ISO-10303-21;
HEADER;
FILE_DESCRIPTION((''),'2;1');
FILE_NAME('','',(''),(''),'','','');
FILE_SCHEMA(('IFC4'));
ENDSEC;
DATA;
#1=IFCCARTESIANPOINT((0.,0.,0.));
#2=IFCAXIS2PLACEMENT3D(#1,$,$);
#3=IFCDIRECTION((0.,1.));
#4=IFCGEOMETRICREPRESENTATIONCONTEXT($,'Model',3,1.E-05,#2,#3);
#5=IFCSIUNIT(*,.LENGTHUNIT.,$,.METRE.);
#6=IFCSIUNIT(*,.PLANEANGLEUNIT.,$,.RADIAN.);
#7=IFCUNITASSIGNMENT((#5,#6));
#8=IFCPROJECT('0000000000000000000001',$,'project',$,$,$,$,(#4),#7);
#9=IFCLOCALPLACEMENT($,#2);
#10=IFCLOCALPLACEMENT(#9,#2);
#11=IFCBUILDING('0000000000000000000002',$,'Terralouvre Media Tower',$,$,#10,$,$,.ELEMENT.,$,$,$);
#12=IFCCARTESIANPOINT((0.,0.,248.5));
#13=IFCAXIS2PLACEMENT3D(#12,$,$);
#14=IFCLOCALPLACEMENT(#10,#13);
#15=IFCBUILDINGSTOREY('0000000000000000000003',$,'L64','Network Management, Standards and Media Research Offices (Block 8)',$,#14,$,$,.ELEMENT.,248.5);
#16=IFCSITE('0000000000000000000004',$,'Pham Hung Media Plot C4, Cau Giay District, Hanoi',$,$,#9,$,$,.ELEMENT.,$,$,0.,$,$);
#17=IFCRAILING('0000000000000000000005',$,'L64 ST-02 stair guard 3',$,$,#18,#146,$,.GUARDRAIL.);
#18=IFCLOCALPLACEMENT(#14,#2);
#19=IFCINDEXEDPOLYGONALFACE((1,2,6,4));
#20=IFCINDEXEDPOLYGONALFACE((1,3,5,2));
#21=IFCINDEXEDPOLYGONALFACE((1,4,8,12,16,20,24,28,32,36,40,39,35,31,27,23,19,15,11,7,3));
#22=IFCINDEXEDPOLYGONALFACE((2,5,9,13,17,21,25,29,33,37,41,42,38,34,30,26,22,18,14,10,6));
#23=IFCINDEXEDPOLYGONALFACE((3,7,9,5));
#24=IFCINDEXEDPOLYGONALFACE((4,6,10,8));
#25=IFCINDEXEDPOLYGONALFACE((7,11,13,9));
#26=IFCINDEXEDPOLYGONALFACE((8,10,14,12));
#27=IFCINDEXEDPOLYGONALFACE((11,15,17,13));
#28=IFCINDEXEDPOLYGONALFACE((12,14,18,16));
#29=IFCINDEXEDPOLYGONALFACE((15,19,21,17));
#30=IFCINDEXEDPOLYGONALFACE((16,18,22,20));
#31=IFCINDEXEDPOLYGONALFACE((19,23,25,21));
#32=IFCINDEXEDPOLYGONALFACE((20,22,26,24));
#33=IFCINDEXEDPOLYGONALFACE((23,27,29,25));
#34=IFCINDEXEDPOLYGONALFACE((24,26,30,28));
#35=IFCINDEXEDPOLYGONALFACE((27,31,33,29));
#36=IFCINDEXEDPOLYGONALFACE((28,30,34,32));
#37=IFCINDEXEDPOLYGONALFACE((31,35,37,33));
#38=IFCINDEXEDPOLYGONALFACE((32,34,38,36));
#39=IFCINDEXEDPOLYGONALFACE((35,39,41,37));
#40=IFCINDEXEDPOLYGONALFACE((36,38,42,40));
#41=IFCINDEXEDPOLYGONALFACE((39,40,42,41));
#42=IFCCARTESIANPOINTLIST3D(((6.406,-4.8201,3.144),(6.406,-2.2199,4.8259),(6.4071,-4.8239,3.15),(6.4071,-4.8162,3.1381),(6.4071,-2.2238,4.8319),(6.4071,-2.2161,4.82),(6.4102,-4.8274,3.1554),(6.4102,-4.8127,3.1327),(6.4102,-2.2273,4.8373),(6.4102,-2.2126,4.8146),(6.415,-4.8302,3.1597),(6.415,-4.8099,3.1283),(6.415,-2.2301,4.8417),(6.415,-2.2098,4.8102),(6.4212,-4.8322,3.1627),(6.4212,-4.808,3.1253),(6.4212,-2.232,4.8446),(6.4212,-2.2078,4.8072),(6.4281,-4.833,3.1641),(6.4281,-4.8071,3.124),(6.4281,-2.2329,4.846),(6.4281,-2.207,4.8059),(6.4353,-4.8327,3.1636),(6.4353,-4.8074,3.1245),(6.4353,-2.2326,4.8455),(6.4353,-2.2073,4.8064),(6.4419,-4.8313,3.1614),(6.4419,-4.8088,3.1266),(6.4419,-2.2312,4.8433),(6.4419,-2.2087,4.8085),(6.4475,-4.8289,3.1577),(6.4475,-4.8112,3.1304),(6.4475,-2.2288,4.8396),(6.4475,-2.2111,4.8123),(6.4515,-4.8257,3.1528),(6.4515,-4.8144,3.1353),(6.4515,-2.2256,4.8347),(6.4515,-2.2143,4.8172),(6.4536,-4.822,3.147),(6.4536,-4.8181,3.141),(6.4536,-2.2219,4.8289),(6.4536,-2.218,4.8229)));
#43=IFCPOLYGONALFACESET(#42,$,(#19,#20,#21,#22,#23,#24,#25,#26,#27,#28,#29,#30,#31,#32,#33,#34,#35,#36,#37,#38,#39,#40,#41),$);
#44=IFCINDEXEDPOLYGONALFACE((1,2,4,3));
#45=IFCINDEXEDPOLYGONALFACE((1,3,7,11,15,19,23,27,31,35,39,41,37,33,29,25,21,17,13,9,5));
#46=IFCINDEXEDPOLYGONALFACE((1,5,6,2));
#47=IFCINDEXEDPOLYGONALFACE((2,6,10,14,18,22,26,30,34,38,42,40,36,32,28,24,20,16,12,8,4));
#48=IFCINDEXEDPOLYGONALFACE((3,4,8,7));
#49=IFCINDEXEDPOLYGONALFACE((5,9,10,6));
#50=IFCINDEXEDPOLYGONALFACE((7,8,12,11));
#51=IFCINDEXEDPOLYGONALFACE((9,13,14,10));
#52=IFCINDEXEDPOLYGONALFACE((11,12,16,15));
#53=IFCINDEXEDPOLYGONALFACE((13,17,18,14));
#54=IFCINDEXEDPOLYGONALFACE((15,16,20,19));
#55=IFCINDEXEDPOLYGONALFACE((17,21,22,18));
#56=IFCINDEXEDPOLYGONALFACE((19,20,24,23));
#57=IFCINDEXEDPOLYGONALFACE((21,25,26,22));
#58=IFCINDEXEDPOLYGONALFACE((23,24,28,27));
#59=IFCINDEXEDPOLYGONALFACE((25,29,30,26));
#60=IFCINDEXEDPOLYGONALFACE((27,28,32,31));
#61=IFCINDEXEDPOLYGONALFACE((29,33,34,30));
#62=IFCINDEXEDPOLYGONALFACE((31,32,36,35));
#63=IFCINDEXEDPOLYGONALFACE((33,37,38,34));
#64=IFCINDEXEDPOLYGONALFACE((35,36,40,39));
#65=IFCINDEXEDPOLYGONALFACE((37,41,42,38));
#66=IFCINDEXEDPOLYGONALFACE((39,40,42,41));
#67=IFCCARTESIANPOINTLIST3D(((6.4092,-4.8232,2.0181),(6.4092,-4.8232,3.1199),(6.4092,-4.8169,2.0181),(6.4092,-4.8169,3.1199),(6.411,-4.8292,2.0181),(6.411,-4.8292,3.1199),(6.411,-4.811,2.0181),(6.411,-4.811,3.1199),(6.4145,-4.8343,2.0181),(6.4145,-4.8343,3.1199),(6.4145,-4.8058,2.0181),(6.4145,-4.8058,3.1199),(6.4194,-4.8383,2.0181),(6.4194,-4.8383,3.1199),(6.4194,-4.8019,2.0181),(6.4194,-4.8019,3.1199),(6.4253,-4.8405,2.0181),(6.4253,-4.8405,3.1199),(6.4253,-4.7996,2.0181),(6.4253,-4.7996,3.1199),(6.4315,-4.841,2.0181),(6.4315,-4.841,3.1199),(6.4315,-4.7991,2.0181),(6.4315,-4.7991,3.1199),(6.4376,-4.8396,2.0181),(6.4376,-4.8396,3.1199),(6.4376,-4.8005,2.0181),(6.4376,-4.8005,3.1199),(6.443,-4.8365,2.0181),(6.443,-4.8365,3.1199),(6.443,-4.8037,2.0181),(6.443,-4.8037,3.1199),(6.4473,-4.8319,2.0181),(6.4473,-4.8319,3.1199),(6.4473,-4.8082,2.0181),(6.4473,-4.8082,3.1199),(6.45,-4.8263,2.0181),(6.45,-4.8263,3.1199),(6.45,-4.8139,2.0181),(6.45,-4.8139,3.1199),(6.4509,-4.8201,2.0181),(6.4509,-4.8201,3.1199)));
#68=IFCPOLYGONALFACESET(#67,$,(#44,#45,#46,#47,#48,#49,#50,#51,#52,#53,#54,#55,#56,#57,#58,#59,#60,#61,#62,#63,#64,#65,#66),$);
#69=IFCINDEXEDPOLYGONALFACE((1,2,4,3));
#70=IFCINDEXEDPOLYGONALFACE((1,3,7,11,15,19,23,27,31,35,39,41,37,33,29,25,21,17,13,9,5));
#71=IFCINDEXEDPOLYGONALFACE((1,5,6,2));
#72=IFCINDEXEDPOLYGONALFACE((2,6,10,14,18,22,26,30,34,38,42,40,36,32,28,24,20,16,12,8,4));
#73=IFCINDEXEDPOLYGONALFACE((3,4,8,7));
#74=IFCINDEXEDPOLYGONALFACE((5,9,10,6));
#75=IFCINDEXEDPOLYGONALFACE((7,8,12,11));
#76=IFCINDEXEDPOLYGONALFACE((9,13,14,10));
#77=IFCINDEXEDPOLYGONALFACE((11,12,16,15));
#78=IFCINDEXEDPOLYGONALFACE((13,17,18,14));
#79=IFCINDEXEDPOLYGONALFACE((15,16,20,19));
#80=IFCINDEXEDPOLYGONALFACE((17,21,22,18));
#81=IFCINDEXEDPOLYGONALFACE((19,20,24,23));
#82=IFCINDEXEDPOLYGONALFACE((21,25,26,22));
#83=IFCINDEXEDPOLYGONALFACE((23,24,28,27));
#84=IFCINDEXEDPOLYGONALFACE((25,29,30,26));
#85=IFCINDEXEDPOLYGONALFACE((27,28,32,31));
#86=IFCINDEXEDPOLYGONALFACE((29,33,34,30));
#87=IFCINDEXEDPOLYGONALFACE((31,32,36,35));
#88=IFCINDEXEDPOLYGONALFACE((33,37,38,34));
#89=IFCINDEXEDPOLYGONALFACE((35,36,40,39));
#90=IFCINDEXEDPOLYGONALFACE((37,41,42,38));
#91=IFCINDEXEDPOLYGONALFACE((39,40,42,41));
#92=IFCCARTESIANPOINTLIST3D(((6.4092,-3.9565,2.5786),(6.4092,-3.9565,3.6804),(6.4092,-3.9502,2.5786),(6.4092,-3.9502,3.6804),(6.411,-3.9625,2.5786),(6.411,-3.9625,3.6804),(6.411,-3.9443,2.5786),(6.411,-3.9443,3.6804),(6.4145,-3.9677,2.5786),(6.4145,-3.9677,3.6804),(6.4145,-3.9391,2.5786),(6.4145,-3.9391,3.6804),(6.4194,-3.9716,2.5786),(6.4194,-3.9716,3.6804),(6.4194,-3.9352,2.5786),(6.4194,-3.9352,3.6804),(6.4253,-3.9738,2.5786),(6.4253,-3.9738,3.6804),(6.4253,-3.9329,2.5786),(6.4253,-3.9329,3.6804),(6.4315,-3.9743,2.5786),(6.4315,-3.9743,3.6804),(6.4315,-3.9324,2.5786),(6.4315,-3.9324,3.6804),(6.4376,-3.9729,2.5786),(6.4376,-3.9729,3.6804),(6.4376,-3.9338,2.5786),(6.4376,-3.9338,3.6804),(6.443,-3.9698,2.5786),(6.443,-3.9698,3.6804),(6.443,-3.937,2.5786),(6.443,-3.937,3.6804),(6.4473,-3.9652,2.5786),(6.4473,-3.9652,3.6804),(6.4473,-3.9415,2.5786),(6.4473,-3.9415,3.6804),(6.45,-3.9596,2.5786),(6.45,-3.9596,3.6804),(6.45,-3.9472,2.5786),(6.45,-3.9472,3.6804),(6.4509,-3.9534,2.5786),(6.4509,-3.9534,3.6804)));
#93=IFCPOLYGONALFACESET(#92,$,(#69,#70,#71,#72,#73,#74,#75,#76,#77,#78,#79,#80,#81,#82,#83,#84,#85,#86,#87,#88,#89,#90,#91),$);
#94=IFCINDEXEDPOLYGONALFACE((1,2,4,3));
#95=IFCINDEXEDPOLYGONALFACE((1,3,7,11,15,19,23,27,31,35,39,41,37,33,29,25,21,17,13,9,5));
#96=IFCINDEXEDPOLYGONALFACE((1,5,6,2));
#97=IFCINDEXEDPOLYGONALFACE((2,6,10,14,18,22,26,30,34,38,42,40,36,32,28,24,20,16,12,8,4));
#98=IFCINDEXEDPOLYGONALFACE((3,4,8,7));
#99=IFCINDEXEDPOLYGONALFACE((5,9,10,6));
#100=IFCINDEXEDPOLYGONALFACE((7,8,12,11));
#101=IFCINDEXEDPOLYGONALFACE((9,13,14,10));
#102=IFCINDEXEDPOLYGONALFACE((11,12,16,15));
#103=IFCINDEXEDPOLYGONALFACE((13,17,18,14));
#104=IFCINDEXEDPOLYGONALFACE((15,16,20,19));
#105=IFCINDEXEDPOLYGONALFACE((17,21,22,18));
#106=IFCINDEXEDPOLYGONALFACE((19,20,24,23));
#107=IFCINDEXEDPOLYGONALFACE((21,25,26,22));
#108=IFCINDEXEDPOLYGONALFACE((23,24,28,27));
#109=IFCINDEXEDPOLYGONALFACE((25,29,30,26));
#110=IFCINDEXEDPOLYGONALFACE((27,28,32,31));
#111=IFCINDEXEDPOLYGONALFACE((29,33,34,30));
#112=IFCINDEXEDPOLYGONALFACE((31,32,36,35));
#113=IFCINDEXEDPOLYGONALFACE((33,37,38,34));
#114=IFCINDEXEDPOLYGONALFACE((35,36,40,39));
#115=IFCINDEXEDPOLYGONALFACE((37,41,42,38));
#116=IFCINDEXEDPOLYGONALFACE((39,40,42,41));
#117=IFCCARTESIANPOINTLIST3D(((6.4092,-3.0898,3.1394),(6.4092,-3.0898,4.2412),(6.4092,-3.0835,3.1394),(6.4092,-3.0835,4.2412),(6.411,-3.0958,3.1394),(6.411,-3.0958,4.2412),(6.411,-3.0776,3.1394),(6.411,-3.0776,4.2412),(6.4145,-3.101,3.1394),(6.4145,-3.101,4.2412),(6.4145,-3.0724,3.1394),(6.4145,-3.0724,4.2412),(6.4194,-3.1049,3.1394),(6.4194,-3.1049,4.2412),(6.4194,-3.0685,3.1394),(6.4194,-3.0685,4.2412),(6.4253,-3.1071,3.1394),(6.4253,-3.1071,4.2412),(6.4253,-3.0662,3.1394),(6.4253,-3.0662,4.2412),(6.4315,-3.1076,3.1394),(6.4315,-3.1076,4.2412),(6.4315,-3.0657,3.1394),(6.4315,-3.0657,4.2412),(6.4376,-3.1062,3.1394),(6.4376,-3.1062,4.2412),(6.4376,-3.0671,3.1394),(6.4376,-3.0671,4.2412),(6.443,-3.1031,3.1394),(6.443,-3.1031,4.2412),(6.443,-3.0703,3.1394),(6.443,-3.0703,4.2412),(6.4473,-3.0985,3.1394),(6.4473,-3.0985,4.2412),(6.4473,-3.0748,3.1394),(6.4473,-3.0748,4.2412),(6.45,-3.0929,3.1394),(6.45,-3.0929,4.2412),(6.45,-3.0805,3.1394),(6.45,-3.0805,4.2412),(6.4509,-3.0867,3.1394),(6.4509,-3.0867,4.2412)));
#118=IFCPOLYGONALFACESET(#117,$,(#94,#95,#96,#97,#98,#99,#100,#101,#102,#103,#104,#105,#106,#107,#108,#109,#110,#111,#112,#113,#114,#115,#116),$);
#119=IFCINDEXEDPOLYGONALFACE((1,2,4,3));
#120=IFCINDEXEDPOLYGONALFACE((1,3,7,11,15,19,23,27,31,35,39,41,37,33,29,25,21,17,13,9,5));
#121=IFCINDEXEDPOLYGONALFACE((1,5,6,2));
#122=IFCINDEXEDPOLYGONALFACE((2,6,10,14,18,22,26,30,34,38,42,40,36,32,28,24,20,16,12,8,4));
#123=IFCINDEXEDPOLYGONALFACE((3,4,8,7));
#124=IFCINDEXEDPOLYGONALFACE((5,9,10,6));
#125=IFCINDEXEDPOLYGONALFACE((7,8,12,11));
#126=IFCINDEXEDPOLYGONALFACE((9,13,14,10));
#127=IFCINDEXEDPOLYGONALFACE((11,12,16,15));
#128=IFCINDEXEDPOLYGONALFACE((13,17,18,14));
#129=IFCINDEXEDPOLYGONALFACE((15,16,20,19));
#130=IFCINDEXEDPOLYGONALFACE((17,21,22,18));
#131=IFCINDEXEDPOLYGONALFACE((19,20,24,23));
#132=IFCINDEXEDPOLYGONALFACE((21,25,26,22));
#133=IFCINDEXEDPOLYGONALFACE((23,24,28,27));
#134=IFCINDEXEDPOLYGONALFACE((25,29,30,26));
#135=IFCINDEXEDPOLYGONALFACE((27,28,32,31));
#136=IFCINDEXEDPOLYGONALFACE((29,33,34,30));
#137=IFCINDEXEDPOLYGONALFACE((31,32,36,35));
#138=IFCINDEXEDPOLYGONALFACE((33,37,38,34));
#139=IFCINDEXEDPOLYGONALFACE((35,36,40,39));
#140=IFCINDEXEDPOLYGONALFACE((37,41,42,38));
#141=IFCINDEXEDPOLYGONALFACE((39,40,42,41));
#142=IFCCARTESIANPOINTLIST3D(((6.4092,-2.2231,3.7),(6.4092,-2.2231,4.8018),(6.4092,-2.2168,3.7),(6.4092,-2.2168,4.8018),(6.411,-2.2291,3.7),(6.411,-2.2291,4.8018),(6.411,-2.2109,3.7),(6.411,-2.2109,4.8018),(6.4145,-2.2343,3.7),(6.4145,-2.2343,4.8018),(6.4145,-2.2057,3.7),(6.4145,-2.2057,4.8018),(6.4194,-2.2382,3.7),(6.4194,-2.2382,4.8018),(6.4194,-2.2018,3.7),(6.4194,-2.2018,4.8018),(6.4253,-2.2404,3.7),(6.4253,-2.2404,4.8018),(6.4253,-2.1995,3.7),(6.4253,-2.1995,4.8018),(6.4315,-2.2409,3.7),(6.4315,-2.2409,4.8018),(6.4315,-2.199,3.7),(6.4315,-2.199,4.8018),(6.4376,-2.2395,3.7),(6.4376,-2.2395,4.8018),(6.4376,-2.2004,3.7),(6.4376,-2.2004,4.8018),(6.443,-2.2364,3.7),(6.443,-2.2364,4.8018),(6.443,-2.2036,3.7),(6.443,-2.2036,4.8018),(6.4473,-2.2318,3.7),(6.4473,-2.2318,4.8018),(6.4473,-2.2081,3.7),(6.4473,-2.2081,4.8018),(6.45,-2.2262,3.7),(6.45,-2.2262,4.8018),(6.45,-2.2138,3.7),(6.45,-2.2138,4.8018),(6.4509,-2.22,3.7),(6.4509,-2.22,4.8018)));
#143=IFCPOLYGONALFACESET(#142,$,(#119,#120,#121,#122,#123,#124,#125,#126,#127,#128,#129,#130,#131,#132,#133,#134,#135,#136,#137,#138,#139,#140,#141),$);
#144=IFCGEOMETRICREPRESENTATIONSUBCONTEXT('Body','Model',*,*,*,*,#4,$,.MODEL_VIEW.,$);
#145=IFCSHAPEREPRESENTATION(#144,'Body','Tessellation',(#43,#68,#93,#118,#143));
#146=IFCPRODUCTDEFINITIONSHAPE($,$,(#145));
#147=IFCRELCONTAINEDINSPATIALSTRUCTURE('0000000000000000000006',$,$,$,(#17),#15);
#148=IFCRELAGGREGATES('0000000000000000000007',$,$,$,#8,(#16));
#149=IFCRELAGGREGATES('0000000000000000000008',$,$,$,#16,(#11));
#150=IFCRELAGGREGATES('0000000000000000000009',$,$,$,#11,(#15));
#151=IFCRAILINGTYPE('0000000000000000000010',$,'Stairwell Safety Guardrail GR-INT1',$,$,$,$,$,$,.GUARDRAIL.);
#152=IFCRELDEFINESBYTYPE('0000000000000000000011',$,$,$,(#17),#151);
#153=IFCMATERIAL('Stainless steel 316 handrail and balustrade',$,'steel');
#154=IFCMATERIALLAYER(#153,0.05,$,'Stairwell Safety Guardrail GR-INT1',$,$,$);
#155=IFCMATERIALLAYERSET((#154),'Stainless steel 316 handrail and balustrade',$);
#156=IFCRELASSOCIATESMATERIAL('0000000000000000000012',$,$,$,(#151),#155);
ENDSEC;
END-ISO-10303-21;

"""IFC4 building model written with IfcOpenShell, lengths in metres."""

from ifc_helpers import new_model, si_unit, direction, frame, origin, origin_2d, place, context, subcontext, project, spatial, circle, extrude, material, layer, layer_set, type_object, element, save


model = new_model("IFC4")

# Units and contexts
model_context = context("Model", 3, precision=1e-05, world=origin(), true_north=direction((0.0, 1.0)))
body_context = subcontext(model_context, "Body", "Model", "MODEL_VIEW")
ifc_project = project(units=[si_unit("LENGTHUNIT", "METRE"), si_unit("PLANEANGLEUNIT", "RADIAN")], contexts=[model_context])

# Site, building, storey
site_placement = place(None, origin())
site = spatial("IfcSite", under=ifc_project, at=site_placement, Name="Pham Hung Media Plot C4, Cau Giay District, Hanoi", CompositionType="ELEMENT", RefElevation=0.0)
building_placement = place(site_placement, origin())
building = spatial("IfcBuilding", under=site, at=building_placement, Name="Terralouvre Media Tower", CompositionType="ELEMENT")
storey_placement = place(building_placement, frame((0.0, 0.0, 248.5)))
storey = spatial("IfcBuildingStorey", under=building, at=storey_placement, Name="L64", Description="Network Management, Standards and Media Research Offices (Block 8)", CompositionType="ELEMENT", Elevation=248.5)

# Railing
ifc_material_1 = material(Name="Stainless steel 316 handrail and balustrade", Category="steel")
ifc_layer_1 = layer(ifc_material_1, 0.05, Name="Stairwell Safety Guardrail GR-INT1")
ifc_layer_set_1 = layer_set([ifc_layer_1], Name="Stainless steel 316 handrail and balustrade")
railing_type_1 = type_object("IfcRailingType", Name="Stairwell Safety Guardrail GR-INT1", PredefinedType="GUARDRAIL", material=ifc_layer_set_1)
railing_1_placement = place(storey_placement, frame((6.4299, -4.8201, 2.0181)))
element("IfcRailing", 1, at=railing_1_placement, inside=storey, type_object=railing_type_1, Name="L64 ST-02 stair guard 3", PredefinedType="GUARDRAIL", context=body_context, shape_type="SweptSolid", body=[
    extrude(circle(Radius=0.0239, at=origin_2d()), frame((0.0, 0.0, 1.126), z_axis=(0.0, 0.839648, 0.54313), x_axis=(-1.0, 0.0, 0.0)), (0.0, 0.0, 1.0), 3.0967),
    extrude(circle(Radius=0.021, at=origin_2d()), origin(), (0.0, 0.0, 1.0), 1.1018),
    extrude(circle(Radius=0.021, at=origin_2d()), frame((0.0, 0.8667, 0.5605)), (0.0, 0.0, 1.0), 1.1018),
    extrude(circle(Radius=0.021, at=origin_2d()), frame((0.0, 1.7334, 1.1213)), (0.0, 0.0, 1.0), 1.1018),
    extrude(circle(Radius=0.021, at=origin_2d()), frame((0.0, 2.6001, 1.6819)), (0.0, 0.0, 1.0), 1.1018),
])

save(model, "model.ifc")
